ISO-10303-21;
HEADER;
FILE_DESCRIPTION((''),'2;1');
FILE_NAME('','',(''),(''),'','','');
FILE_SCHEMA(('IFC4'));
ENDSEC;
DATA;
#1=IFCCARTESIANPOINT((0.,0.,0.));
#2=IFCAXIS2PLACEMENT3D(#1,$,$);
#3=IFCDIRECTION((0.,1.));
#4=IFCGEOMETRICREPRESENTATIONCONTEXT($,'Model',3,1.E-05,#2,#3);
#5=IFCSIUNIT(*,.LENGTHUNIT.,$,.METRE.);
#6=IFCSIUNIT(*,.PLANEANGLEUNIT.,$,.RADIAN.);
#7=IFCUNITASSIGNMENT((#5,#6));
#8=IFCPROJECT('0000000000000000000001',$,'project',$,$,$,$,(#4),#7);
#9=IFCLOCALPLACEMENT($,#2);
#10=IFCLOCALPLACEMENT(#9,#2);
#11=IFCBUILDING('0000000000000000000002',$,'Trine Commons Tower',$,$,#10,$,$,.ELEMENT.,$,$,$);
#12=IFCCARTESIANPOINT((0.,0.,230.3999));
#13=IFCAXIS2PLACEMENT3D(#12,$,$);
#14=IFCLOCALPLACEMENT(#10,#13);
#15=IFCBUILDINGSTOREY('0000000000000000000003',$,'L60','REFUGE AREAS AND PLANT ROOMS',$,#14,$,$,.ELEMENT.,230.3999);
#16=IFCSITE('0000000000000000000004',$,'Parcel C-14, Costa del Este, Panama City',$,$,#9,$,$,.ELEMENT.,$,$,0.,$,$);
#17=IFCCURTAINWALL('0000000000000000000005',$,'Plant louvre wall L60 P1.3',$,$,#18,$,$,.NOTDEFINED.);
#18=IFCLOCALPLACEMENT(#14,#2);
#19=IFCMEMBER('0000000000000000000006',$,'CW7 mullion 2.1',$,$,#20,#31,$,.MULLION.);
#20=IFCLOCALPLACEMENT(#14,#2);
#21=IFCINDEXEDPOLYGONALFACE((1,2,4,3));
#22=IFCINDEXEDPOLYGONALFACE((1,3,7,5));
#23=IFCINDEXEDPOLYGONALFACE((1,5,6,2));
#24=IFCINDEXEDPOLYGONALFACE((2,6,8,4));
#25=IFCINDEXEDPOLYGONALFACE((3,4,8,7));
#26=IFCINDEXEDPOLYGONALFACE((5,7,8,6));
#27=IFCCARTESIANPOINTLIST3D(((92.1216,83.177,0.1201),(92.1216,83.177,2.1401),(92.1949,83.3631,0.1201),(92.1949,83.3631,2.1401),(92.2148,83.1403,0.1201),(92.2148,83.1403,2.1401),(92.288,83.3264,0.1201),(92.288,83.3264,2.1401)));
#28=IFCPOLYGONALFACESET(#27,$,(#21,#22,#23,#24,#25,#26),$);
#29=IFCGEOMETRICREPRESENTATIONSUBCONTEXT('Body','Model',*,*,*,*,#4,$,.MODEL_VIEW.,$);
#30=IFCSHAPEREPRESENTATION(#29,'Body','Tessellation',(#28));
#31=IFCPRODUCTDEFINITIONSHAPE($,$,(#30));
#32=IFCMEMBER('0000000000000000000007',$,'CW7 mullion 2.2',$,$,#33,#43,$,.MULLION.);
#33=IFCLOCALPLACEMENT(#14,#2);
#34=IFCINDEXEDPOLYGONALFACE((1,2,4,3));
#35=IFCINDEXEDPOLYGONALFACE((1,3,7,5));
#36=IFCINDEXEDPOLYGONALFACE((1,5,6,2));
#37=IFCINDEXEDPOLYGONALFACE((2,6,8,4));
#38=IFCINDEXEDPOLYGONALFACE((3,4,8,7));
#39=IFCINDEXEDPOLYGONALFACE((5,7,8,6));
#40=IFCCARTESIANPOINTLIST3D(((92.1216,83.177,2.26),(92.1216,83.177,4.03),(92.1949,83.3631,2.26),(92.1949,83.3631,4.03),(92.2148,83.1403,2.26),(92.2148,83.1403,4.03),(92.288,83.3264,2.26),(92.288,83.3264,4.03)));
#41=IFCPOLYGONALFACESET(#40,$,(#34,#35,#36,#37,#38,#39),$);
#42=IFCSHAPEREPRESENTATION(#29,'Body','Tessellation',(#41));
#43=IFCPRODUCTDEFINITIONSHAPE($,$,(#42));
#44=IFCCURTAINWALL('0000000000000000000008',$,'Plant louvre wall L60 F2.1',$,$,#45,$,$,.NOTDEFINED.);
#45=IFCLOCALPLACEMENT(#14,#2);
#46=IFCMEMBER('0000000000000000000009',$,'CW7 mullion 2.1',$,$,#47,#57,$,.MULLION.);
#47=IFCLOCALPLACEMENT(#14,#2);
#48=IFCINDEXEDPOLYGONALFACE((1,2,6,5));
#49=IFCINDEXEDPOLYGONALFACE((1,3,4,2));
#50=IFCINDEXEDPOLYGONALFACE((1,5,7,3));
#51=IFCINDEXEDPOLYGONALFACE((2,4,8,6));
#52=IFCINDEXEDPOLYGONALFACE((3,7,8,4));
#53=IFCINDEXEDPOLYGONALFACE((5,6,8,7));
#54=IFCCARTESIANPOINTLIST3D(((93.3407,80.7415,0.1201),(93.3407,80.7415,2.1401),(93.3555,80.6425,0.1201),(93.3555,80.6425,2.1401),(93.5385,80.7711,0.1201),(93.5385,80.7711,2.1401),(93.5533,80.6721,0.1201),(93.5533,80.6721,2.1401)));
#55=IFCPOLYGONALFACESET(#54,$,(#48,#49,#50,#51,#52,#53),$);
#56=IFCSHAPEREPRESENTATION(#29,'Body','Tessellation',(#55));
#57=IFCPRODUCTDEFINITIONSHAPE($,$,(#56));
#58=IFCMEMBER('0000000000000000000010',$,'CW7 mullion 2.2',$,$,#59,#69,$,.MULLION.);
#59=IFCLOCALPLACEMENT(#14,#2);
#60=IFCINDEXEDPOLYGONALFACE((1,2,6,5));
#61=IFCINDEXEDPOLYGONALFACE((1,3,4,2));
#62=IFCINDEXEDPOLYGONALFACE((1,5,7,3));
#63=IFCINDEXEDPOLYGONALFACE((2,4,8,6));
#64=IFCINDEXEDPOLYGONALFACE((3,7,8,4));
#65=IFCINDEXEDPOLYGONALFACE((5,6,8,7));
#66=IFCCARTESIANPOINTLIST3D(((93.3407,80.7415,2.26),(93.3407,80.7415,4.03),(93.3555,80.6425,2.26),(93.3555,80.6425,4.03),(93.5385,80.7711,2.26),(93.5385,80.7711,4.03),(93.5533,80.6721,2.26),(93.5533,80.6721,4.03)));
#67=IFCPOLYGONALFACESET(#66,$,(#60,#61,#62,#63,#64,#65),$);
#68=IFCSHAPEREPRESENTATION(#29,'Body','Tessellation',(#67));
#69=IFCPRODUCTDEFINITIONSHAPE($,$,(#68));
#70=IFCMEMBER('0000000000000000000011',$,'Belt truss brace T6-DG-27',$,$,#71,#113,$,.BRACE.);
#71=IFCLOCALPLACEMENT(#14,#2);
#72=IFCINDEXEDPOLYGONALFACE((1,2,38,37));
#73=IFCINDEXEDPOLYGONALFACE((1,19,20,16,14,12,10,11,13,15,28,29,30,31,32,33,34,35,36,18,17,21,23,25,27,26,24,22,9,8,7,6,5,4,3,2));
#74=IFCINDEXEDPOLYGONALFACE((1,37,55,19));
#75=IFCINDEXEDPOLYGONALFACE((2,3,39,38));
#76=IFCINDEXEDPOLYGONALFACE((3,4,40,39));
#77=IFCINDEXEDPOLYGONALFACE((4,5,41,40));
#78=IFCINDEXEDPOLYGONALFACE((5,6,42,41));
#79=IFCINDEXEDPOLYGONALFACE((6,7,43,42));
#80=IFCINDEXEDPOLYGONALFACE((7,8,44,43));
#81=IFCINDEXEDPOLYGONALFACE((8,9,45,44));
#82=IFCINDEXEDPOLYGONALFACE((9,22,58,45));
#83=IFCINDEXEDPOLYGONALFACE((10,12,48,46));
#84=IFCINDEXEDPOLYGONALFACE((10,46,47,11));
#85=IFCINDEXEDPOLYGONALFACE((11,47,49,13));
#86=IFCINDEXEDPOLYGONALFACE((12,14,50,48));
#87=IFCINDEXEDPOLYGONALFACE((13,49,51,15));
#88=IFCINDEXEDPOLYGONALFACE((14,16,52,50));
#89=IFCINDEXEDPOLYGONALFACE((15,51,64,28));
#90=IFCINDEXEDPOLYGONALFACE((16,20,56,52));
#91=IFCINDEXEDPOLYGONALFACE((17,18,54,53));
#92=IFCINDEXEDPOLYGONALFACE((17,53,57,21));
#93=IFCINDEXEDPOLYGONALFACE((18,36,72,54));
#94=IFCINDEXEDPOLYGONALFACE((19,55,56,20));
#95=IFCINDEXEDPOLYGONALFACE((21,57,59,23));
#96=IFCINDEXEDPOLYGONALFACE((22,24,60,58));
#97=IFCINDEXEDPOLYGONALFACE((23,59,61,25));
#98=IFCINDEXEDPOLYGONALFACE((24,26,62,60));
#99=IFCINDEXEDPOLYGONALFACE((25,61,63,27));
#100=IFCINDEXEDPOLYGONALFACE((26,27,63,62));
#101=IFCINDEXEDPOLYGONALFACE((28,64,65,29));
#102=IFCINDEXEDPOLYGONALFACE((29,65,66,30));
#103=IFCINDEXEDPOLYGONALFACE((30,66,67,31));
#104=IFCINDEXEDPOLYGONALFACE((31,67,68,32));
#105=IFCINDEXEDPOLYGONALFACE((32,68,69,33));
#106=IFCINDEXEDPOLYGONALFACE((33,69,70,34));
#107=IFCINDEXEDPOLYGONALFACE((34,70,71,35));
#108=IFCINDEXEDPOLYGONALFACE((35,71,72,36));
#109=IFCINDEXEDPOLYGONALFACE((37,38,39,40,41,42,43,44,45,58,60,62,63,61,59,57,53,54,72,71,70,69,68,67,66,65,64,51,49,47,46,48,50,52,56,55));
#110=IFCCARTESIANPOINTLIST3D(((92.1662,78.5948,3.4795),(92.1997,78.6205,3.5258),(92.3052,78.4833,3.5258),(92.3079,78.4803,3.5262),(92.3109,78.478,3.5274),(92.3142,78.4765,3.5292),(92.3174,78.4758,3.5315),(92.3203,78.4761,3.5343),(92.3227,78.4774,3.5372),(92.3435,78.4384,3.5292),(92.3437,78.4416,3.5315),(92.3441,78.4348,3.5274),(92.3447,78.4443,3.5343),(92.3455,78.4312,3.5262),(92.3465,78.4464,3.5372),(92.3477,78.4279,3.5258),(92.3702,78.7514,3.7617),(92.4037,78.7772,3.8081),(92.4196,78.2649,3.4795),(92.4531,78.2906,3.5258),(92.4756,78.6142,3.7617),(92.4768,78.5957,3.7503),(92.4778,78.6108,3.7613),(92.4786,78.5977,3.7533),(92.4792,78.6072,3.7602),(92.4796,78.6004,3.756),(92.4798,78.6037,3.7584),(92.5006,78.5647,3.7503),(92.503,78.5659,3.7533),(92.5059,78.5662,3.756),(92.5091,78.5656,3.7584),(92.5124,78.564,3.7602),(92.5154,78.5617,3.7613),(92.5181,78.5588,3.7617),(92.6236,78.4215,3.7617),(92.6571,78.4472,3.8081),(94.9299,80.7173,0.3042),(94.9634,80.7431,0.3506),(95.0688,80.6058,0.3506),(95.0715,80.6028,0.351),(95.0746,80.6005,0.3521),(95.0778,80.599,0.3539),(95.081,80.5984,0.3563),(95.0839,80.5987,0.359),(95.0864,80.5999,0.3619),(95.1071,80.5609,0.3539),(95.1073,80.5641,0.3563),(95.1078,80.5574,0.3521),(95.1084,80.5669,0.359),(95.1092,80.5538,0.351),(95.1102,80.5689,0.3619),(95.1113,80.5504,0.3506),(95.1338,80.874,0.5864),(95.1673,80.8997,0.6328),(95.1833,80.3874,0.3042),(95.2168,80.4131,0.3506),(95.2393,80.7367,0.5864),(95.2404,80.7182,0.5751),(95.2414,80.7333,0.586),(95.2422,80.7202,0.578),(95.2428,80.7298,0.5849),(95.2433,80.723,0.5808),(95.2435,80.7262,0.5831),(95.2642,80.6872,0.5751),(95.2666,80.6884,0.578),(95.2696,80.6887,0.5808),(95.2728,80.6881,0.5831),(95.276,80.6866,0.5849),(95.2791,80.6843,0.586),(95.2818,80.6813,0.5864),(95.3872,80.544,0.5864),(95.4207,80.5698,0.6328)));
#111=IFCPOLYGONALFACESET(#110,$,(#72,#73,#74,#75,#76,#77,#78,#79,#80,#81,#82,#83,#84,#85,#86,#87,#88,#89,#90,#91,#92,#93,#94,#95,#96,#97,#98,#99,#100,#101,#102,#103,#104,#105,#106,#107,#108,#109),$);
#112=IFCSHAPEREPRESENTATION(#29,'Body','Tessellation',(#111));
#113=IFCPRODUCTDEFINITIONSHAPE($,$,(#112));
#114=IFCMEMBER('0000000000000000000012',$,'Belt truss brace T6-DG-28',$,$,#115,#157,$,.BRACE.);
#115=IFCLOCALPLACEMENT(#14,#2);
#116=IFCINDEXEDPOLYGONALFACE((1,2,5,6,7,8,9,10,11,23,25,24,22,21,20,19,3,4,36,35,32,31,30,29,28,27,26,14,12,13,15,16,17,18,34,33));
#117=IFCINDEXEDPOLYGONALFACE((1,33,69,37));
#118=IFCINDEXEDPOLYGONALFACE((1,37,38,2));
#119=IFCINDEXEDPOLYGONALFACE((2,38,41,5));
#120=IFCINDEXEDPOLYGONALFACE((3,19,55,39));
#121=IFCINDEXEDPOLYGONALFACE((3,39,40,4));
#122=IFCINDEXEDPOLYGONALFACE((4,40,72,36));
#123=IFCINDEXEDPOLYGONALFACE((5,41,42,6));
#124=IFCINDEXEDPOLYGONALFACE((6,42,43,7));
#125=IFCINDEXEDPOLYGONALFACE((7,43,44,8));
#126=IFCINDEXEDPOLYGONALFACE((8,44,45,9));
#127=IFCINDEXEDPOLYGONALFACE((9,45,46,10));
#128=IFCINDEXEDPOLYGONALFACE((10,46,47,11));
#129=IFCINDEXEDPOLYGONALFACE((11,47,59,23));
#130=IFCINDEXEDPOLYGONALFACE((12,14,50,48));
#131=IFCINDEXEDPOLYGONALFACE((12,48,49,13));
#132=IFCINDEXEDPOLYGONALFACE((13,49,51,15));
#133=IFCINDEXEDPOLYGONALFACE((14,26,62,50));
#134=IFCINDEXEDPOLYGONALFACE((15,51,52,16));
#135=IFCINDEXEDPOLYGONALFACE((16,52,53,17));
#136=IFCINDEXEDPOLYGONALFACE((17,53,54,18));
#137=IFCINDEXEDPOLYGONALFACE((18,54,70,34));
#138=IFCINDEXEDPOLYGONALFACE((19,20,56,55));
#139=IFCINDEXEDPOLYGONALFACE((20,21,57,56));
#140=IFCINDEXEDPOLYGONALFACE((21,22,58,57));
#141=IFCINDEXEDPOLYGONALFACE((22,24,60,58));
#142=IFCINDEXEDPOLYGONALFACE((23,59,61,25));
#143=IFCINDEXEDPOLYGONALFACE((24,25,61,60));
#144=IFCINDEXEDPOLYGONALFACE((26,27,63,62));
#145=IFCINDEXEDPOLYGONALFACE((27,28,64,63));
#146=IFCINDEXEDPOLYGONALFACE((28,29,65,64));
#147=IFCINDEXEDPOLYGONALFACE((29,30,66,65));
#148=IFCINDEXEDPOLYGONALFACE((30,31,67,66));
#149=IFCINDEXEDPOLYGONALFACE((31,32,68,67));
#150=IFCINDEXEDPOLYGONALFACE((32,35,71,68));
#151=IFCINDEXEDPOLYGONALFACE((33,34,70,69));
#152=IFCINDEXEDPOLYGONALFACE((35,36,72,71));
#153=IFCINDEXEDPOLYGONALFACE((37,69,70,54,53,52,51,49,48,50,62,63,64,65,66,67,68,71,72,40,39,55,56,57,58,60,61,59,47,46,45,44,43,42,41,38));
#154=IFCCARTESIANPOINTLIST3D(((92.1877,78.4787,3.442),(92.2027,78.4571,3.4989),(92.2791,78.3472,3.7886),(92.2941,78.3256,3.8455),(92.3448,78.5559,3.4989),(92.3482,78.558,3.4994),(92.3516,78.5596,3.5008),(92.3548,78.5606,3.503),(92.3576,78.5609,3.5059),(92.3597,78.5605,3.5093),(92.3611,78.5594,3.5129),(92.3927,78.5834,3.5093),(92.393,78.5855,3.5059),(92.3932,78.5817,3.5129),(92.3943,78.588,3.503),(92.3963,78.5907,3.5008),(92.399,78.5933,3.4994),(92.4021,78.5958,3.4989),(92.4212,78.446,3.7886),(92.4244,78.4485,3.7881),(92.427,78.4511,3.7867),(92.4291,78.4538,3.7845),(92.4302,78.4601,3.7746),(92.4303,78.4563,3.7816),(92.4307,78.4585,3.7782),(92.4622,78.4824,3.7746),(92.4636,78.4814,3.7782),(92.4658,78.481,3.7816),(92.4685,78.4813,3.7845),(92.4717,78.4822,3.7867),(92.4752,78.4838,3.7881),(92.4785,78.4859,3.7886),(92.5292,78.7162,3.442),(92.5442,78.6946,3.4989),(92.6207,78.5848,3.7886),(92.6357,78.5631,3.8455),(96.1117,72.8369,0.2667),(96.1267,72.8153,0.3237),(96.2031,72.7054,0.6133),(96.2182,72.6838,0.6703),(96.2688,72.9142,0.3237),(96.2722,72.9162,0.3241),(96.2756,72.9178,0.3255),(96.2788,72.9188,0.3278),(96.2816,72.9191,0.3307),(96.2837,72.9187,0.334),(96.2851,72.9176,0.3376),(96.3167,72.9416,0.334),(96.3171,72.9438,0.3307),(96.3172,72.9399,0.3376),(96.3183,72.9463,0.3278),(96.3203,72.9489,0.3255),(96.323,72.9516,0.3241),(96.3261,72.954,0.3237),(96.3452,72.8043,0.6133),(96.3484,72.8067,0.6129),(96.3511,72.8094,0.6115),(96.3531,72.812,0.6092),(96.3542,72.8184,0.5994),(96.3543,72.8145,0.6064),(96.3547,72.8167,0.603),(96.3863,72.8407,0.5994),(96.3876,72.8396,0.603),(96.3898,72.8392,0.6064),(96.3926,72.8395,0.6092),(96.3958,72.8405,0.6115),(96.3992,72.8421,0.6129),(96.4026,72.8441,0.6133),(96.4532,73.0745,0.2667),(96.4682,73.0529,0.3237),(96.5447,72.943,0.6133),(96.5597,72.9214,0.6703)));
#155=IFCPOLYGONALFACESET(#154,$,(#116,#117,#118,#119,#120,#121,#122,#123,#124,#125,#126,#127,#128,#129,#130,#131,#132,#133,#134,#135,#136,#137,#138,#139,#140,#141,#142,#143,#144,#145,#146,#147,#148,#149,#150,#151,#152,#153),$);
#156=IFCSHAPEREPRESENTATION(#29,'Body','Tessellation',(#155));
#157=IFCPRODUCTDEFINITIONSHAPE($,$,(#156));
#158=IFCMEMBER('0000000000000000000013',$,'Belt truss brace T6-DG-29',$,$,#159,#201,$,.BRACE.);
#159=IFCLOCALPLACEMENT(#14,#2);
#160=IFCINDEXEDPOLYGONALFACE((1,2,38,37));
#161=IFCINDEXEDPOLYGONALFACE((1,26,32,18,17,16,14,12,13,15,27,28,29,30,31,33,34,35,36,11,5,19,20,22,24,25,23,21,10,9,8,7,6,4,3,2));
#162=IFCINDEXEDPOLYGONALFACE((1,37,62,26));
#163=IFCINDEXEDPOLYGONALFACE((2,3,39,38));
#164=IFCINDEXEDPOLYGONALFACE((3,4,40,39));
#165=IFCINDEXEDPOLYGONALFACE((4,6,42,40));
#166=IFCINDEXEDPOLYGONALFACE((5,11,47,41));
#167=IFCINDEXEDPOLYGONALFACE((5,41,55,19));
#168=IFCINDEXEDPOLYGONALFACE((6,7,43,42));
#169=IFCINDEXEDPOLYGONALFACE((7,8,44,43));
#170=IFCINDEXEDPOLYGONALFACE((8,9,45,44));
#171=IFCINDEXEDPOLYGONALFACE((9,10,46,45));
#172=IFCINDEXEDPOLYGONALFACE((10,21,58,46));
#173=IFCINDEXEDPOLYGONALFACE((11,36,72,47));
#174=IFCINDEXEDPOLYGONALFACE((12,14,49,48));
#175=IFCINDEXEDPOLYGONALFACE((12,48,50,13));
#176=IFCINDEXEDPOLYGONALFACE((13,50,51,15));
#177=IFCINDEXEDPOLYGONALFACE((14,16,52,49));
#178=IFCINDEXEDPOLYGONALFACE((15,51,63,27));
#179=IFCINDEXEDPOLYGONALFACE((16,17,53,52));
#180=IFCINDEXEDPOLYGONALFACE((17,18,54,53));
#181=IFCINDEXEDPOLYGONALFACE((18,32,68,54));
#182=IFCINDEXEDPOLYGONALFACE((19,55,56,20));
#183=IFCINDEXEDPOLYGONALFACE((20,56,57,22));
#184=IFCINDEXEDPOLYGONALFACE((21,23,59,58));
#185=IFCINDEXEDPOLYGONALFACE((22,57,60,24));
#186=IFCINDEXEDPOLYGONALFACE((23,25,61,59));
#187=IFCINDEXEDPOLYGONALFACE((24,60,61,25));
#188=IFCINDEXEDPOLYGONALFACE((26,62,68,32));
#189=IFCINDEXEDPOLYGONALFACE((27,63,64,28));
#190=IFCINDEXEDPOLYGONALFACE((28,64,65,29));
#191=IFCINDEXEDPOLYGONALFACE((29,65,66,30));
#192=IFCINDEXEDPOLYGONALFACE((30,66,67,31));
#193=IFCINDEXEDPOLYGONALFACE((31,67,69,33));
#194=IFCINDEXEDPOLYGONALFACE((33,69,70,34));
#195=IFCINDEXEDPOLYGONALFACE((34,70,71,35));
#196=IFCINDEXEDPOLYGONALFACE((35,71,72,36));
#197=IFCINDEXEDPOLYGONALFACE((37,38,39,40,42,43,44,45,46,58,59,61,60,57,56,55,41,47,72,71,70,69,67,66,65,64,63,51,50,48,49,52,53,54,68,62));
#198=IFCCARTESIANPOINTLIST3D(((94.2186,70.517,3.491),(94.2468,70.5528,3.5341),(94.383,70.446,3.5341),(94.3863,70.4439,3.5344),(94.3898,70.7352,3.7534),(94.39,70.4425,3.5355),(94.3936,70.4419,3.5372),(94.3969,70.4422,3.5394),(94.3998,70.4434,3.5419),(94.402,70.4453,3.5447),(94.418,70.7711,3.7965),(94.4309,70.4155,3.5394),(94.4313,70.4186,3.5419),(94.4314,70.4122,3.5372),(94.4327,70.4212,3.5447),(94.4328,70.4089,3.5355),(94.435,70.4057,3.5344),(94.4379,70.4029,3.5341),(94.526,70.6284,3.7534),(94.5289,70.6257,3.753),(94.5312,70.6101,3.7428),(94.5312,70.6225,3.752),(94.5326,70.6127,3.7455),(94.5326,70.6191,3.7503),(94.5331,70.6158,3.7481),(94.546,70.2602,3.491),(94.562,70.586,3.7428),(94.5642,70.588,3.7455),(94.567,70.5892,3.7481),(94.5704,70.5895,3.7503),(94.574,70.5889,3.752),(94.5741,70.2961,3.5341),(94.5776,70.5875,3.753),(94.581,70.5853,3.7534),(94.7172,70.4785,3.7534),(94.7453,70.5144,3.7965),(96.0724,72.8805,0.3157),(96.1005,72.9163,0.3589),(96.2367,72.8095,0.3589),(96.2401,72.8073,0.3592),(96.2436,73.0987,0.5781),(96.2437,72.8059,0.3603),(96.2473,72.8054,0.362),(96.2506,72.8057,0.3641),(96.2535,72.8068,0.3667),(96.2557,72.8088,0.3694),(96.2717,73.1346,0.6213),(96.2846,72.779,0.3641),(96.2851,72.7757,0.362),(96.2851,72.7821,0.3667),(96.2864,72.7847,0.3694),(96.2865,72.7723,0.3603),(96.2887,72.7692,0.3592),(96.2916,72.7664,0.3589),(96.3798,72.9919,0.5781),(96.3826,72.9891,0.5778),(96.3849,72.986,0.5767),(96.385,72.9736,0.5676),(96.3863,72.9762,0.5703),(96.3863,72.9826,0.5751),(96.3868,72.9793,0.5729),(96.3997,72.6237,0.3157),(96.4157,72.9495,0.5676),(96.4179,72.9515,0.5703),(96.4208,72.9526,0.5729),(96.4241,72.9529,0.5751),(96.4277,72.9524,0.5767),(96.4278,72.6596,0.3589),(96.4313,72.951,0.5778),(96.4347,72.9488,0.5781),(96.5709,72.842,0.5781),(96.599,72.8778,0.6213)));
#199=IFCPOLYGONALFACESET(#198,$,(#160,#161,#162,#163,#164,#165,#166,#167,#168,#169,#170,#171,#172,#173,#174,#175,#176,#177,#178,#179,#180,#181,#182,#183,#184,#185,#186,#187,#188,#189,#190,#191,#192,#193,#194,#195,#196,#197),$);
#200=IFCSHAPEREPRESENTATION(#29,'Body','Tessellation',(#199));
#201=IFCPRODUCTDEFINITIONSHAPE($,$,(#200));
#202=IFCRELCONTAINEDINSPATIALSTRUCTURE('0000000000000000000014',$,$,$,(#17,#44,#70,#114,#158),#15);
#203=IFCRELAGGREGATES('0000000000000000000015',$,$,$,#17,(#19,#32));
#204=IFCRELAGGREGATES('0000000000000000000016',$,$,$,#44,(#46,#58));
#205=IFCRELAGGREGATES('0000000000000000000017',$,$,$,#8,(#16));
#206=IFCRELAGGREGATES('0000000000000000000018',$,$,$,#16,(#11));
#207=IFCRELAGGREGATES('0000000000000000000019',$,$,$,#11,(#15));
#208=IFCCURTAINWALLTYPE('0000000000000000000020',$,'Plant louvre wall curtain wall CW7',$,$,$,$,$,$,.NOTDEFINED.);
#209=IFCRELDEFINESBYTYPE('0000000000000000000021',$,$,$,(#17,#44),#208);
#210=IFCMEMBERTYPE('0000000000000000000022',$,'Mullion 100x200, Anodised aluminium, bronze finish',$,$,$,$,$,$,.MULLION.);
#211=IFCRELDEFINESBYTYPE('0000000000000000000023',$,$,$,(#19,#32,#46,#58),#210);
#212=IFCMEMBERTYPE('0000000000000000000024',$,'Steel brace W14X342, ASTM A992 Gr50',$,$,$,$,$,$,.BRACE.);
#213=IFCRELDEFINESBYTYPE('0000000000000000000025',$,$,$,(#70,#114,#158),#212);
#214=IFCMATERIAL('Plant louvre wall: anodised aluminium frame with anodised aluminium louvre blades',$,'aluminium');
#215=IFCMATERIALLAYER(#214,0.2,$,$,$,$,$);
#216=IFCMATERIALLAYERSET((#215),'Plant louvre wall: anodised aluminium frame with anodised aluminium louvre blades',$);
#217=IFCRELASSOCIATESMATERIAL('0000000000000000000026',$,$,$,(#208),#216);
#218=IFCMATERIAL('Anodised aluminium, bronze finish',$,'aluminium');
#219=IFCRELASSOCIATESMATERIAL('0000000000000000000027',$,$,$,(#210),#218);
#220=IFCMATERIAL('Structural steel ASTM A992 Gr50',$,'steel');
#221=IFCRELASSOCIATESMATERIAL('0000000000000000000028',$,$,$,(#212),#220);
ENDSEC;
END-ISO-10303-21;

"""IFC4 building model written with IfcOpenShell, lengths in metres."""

from ifc_helpers import new_model, si_unit, direction, frame, origin, origin_2d, place, context, subcontext, project, spatial, rectangle, i_section, extrude, material, layer, layer_set, material_profile, profile_set, type_object, element, aggregate, save


model = new_model("IFC4")

# Units and contexts
model_context = context("Model", 3, precision=1e-05, world=origin(), true_north=direction((0.0, 1.0)))
body_context = subcontext(model_context, "Body", "Model", "MODEL_VIEW")
ifc_project = project(units=[si_unit("LENGTHUNIT", "METRE"), si_unit("PLANEANGLEUNIT", "RADIAN")], contexts=[model_context])

# Site, building, storey
site_placement = place(None, origin())
site = spatial("IfcSite", under=ifc_project, at=site_placement, Name="Parcel C-14, Costa del Este, Panama City", CompositionType="ELEMENT", RefElevation=0.0)
building_placement = place(site_placement, origin())
building = spatial("IfcBuilding", under=site, at=building_placement, Name="Trine Commons Tower", CompositionType="ELEMENT")
storey_placement = place(building_placement, frame((0.0, 0.0, 230.3999)))
storey = spatial("IfcBuildingStorey", under=building, at=storey_placement, Name="L60", Description="REFUGE AREAS AND PLANT ROOMS", CompositionType="ELEMENT", Elevation=230.3999)

# Curtain walls, members
ifc_material_1 = material(Name="Plant louvre wall: anodised aluminium frame with anodised aluminium louvre blades", Category="aluminium")
ifc_layer_1 = layer(ifc_material_1, 0.2)
ifc_layer_set_1 = layer_set([ifc_layer_1], Name="Plant louvre wall: anodised aluminium frame with anodised aluminium louvre blades")
curtain_wall_type = type_object("IfcCurtainWallType", Name="Plant louvre wall curtain wall CW7", PredefinedType="NOTDEFINED", material=ifc_layer_set_1)
curtain_wall_1_placement = place(storey_placement, origin())
curtain_wall_1 = element("IfcCurtainWall", 1, at=curtain_wall_1_placement, inside=storey, type_object=curtain_wall_type, Name="Plant louvre wall L60 P1.3", PredefinedType="NOTDEFINED")
ifc_material_2 = material(Name="Anodised aluminium, bronze finish", Category="aluminium")
ifc_material_profile_1 = material_profile(ifc_material_2, rectangle(XDim=0.2, YDim=0.1001, at=origin_2d()), Name="Mullion 100x200")
ifc_profile_set_1 = profile_set([ifc_material_profile_1], Name="Anodised aluminium, bronze finish")
member_type_1 = type_object("IfcMemberType", Name="Mullion 100x200, Anodised aluminium, bronze finish", PredefinedType="MULLION", material=ifc_profile_set_1)
member_1_placement = place(storey_placement, frame((92.2048, 83.2517, 0.1201), z_axis=(0.0, 0.0, 1.0), x_axis=(0.366501, 0.930418, 0.0)))
member_1 = element("IfcMember", 2, at=member_1_placement, type_object=member_type_1, Name="CW7 mullion 2.1", PredefinedType="MULLION", context=body_context, shape_type="SweptSolid", body=[
    extrude(rectangle(XDim=0.2, YDim=0.1001, at=origin_2d()), origin(), (0.0, 0.0, 1.0), 2.02),
])
member_2_placement = place(storey_placement, frame((92.2048, 83.2517, 2.26), z_axis=(0.0, 0.0, 1.0), x_axis=(0.366501, 0.930418, 0.0)))
member_2 = element("IfcMember", 3, at=member_2_placement, type_object=member_type_1, Name="CW7 mullion 2.2", PredefinedType="MULLION", context=body_context, shape_type="SweptSolid", body=[
    extrude(rectangle(XDim=0.2, YDim=0.1001, at=origin_2d()), origin(), (0.0, 0.0, 1.0), 1.77),
])
curtain_wall_2_placement = place(storey_placement, origin())
curtain_wall_2 = element("IfcCurtainWall", 4, at=curtain_wall_2_placement, inside=storey, type_object=curtain_wall_type, Name="Plant louvre wall L60 F2.1", PredefinedType="NOTDEFINED")
member_3_placement = place(storey_placement, frame((93.447, 80.7068, 0.1201), z_axis=(0.0, 0.0, 1.0), x_axis=(0.989016, 0.147809, 0.0)))
member_3 = element("IfcMember", 5, at=member_3_placement, type_object=member_type_1, Name="CW7 mullion 2.1", PredefinedType="MULLION", context=body_context, shape_type="SweptSolid", body=[
    extrude(rectangle(XDim=0.2, YDim=0.1001, at=origin_2d()), origin(), (0.0, 0.0, 1.0), 2.02),
])
member_4_placement = place(storey_placement, frame((93.447, 80.7068, 2.26), z_axis=(0.0, 0.0, 1.0), x_axis=(0.989016, 0.147809, 0.0)))
member_4 = element("IfcMember", 6, at=member_4_placement, type_object=member_type_1, Name="CW7 mullion 2.2", PredefinedType="MULLION", context=body_context, shape_type="SweptSolid", body=[
    extrude(rectangle(XDim=0.2, YDim=0.1001, at=origin_2d()), origin(), (0.0, 0.0, 1.0), 1.77),
])

# Members
ifc_material_3 = material(Name="Structural steel ASTM A992 Gr50", Category="steel")
ifc_material_profile_2 = material_profile(ifc_material_3, i_section(OverallWidth=0.416, OverallDepth=0.4446, WebThickness=0.0391, FlangeThickness=0.0627, FilletRadius=0.0154, at=origin_2d()), Name="W14X342")
ifc_profile_set_2 = profile_set([ifc_material_profile_2], Name="Structural steel ASTM A992 Gr50")
member_type_2 = type_object("IfcMemberType", Name="Steel brace W14X342, ASTM A992 Gr50", PredefinedType="BRACE", material=ifc_profile_set_2)
member_5_placement = place(storey_placement, frame((95.1753, 80.6436, 0.4685), z_axis=(-0.586218, -0.450228, 0.67353), x_axis=(0.609108, -0.793087, 0.0)))
element("IfcMember", 7, at=member_5_placement, inside=storey, type_object=member_type_2, Name="Belt truss brace T6-DG-27", PredefinedType="BRACE", context=body_context, shape_type="SweptSolid", body=[
    extrude(i_section(OverallWidth=0.416, OverallDepth=0.4446, WebThickness=0.0391, FlangeThickness=0.0627, FilletRadius=0.0154, at=origin_2d()), origin(), (0.0, 0.0, 1.0), 4.7144),
])
member_6_placement = place(storey_placement, frame((96.3357, 72.8792, 0.4685), z_axis=(-0.518343, 0.745249, 0.419434), x_axis=(-0.820952, -0.570997, 0.0)))
element("IfcMember", 8, at=member_6_placement, inside=storey, type_object=member_type_2, Name="Belt truss brace T6-DG-28", PredefinedType="BRACE", context=body_context, shape_type="SweptSolid", body=[
    extrude(i_section(OverallWidth=0.416, OverallDepth=0.4446, WebThickness=0.0391, FlangeThickness=0.0627, FilletRadius=0.0154, at=origin_2d()), origin(), (0.0, 0.0, 1.0), 7.5703),
])
member_7_placement = place(storey_placement, frame((96.3357, 72.8792, 0.4685), z_axis=(-0.42411, -0.540736, 0.726455), x_axis=(0.786851, -0.617143, 0.0)))
element("IfcMember", 9, at=member_7_placement, inside=storey, type_object=member_type_2, Name="Belt truss brace T6-DG-29", PredefinedType="BRACE", context=body_context, shape_type="SweptSolid", body=[
    extrude(i_section(OverallWidth=0.416, OverallDepth=0.4446, WebThickness=0.0391, FlangeThickness=0.0627, FilletRadius=0.0154, at=origin_2d()), origin(), (0.0, 0.0, 1.0), 4.3708),
])

aggregate(curtain_wall_1, [member_1, member_2])
aggregate(curtain_wall_2, [member_3, member_4])

save(model, "model.ifc")
